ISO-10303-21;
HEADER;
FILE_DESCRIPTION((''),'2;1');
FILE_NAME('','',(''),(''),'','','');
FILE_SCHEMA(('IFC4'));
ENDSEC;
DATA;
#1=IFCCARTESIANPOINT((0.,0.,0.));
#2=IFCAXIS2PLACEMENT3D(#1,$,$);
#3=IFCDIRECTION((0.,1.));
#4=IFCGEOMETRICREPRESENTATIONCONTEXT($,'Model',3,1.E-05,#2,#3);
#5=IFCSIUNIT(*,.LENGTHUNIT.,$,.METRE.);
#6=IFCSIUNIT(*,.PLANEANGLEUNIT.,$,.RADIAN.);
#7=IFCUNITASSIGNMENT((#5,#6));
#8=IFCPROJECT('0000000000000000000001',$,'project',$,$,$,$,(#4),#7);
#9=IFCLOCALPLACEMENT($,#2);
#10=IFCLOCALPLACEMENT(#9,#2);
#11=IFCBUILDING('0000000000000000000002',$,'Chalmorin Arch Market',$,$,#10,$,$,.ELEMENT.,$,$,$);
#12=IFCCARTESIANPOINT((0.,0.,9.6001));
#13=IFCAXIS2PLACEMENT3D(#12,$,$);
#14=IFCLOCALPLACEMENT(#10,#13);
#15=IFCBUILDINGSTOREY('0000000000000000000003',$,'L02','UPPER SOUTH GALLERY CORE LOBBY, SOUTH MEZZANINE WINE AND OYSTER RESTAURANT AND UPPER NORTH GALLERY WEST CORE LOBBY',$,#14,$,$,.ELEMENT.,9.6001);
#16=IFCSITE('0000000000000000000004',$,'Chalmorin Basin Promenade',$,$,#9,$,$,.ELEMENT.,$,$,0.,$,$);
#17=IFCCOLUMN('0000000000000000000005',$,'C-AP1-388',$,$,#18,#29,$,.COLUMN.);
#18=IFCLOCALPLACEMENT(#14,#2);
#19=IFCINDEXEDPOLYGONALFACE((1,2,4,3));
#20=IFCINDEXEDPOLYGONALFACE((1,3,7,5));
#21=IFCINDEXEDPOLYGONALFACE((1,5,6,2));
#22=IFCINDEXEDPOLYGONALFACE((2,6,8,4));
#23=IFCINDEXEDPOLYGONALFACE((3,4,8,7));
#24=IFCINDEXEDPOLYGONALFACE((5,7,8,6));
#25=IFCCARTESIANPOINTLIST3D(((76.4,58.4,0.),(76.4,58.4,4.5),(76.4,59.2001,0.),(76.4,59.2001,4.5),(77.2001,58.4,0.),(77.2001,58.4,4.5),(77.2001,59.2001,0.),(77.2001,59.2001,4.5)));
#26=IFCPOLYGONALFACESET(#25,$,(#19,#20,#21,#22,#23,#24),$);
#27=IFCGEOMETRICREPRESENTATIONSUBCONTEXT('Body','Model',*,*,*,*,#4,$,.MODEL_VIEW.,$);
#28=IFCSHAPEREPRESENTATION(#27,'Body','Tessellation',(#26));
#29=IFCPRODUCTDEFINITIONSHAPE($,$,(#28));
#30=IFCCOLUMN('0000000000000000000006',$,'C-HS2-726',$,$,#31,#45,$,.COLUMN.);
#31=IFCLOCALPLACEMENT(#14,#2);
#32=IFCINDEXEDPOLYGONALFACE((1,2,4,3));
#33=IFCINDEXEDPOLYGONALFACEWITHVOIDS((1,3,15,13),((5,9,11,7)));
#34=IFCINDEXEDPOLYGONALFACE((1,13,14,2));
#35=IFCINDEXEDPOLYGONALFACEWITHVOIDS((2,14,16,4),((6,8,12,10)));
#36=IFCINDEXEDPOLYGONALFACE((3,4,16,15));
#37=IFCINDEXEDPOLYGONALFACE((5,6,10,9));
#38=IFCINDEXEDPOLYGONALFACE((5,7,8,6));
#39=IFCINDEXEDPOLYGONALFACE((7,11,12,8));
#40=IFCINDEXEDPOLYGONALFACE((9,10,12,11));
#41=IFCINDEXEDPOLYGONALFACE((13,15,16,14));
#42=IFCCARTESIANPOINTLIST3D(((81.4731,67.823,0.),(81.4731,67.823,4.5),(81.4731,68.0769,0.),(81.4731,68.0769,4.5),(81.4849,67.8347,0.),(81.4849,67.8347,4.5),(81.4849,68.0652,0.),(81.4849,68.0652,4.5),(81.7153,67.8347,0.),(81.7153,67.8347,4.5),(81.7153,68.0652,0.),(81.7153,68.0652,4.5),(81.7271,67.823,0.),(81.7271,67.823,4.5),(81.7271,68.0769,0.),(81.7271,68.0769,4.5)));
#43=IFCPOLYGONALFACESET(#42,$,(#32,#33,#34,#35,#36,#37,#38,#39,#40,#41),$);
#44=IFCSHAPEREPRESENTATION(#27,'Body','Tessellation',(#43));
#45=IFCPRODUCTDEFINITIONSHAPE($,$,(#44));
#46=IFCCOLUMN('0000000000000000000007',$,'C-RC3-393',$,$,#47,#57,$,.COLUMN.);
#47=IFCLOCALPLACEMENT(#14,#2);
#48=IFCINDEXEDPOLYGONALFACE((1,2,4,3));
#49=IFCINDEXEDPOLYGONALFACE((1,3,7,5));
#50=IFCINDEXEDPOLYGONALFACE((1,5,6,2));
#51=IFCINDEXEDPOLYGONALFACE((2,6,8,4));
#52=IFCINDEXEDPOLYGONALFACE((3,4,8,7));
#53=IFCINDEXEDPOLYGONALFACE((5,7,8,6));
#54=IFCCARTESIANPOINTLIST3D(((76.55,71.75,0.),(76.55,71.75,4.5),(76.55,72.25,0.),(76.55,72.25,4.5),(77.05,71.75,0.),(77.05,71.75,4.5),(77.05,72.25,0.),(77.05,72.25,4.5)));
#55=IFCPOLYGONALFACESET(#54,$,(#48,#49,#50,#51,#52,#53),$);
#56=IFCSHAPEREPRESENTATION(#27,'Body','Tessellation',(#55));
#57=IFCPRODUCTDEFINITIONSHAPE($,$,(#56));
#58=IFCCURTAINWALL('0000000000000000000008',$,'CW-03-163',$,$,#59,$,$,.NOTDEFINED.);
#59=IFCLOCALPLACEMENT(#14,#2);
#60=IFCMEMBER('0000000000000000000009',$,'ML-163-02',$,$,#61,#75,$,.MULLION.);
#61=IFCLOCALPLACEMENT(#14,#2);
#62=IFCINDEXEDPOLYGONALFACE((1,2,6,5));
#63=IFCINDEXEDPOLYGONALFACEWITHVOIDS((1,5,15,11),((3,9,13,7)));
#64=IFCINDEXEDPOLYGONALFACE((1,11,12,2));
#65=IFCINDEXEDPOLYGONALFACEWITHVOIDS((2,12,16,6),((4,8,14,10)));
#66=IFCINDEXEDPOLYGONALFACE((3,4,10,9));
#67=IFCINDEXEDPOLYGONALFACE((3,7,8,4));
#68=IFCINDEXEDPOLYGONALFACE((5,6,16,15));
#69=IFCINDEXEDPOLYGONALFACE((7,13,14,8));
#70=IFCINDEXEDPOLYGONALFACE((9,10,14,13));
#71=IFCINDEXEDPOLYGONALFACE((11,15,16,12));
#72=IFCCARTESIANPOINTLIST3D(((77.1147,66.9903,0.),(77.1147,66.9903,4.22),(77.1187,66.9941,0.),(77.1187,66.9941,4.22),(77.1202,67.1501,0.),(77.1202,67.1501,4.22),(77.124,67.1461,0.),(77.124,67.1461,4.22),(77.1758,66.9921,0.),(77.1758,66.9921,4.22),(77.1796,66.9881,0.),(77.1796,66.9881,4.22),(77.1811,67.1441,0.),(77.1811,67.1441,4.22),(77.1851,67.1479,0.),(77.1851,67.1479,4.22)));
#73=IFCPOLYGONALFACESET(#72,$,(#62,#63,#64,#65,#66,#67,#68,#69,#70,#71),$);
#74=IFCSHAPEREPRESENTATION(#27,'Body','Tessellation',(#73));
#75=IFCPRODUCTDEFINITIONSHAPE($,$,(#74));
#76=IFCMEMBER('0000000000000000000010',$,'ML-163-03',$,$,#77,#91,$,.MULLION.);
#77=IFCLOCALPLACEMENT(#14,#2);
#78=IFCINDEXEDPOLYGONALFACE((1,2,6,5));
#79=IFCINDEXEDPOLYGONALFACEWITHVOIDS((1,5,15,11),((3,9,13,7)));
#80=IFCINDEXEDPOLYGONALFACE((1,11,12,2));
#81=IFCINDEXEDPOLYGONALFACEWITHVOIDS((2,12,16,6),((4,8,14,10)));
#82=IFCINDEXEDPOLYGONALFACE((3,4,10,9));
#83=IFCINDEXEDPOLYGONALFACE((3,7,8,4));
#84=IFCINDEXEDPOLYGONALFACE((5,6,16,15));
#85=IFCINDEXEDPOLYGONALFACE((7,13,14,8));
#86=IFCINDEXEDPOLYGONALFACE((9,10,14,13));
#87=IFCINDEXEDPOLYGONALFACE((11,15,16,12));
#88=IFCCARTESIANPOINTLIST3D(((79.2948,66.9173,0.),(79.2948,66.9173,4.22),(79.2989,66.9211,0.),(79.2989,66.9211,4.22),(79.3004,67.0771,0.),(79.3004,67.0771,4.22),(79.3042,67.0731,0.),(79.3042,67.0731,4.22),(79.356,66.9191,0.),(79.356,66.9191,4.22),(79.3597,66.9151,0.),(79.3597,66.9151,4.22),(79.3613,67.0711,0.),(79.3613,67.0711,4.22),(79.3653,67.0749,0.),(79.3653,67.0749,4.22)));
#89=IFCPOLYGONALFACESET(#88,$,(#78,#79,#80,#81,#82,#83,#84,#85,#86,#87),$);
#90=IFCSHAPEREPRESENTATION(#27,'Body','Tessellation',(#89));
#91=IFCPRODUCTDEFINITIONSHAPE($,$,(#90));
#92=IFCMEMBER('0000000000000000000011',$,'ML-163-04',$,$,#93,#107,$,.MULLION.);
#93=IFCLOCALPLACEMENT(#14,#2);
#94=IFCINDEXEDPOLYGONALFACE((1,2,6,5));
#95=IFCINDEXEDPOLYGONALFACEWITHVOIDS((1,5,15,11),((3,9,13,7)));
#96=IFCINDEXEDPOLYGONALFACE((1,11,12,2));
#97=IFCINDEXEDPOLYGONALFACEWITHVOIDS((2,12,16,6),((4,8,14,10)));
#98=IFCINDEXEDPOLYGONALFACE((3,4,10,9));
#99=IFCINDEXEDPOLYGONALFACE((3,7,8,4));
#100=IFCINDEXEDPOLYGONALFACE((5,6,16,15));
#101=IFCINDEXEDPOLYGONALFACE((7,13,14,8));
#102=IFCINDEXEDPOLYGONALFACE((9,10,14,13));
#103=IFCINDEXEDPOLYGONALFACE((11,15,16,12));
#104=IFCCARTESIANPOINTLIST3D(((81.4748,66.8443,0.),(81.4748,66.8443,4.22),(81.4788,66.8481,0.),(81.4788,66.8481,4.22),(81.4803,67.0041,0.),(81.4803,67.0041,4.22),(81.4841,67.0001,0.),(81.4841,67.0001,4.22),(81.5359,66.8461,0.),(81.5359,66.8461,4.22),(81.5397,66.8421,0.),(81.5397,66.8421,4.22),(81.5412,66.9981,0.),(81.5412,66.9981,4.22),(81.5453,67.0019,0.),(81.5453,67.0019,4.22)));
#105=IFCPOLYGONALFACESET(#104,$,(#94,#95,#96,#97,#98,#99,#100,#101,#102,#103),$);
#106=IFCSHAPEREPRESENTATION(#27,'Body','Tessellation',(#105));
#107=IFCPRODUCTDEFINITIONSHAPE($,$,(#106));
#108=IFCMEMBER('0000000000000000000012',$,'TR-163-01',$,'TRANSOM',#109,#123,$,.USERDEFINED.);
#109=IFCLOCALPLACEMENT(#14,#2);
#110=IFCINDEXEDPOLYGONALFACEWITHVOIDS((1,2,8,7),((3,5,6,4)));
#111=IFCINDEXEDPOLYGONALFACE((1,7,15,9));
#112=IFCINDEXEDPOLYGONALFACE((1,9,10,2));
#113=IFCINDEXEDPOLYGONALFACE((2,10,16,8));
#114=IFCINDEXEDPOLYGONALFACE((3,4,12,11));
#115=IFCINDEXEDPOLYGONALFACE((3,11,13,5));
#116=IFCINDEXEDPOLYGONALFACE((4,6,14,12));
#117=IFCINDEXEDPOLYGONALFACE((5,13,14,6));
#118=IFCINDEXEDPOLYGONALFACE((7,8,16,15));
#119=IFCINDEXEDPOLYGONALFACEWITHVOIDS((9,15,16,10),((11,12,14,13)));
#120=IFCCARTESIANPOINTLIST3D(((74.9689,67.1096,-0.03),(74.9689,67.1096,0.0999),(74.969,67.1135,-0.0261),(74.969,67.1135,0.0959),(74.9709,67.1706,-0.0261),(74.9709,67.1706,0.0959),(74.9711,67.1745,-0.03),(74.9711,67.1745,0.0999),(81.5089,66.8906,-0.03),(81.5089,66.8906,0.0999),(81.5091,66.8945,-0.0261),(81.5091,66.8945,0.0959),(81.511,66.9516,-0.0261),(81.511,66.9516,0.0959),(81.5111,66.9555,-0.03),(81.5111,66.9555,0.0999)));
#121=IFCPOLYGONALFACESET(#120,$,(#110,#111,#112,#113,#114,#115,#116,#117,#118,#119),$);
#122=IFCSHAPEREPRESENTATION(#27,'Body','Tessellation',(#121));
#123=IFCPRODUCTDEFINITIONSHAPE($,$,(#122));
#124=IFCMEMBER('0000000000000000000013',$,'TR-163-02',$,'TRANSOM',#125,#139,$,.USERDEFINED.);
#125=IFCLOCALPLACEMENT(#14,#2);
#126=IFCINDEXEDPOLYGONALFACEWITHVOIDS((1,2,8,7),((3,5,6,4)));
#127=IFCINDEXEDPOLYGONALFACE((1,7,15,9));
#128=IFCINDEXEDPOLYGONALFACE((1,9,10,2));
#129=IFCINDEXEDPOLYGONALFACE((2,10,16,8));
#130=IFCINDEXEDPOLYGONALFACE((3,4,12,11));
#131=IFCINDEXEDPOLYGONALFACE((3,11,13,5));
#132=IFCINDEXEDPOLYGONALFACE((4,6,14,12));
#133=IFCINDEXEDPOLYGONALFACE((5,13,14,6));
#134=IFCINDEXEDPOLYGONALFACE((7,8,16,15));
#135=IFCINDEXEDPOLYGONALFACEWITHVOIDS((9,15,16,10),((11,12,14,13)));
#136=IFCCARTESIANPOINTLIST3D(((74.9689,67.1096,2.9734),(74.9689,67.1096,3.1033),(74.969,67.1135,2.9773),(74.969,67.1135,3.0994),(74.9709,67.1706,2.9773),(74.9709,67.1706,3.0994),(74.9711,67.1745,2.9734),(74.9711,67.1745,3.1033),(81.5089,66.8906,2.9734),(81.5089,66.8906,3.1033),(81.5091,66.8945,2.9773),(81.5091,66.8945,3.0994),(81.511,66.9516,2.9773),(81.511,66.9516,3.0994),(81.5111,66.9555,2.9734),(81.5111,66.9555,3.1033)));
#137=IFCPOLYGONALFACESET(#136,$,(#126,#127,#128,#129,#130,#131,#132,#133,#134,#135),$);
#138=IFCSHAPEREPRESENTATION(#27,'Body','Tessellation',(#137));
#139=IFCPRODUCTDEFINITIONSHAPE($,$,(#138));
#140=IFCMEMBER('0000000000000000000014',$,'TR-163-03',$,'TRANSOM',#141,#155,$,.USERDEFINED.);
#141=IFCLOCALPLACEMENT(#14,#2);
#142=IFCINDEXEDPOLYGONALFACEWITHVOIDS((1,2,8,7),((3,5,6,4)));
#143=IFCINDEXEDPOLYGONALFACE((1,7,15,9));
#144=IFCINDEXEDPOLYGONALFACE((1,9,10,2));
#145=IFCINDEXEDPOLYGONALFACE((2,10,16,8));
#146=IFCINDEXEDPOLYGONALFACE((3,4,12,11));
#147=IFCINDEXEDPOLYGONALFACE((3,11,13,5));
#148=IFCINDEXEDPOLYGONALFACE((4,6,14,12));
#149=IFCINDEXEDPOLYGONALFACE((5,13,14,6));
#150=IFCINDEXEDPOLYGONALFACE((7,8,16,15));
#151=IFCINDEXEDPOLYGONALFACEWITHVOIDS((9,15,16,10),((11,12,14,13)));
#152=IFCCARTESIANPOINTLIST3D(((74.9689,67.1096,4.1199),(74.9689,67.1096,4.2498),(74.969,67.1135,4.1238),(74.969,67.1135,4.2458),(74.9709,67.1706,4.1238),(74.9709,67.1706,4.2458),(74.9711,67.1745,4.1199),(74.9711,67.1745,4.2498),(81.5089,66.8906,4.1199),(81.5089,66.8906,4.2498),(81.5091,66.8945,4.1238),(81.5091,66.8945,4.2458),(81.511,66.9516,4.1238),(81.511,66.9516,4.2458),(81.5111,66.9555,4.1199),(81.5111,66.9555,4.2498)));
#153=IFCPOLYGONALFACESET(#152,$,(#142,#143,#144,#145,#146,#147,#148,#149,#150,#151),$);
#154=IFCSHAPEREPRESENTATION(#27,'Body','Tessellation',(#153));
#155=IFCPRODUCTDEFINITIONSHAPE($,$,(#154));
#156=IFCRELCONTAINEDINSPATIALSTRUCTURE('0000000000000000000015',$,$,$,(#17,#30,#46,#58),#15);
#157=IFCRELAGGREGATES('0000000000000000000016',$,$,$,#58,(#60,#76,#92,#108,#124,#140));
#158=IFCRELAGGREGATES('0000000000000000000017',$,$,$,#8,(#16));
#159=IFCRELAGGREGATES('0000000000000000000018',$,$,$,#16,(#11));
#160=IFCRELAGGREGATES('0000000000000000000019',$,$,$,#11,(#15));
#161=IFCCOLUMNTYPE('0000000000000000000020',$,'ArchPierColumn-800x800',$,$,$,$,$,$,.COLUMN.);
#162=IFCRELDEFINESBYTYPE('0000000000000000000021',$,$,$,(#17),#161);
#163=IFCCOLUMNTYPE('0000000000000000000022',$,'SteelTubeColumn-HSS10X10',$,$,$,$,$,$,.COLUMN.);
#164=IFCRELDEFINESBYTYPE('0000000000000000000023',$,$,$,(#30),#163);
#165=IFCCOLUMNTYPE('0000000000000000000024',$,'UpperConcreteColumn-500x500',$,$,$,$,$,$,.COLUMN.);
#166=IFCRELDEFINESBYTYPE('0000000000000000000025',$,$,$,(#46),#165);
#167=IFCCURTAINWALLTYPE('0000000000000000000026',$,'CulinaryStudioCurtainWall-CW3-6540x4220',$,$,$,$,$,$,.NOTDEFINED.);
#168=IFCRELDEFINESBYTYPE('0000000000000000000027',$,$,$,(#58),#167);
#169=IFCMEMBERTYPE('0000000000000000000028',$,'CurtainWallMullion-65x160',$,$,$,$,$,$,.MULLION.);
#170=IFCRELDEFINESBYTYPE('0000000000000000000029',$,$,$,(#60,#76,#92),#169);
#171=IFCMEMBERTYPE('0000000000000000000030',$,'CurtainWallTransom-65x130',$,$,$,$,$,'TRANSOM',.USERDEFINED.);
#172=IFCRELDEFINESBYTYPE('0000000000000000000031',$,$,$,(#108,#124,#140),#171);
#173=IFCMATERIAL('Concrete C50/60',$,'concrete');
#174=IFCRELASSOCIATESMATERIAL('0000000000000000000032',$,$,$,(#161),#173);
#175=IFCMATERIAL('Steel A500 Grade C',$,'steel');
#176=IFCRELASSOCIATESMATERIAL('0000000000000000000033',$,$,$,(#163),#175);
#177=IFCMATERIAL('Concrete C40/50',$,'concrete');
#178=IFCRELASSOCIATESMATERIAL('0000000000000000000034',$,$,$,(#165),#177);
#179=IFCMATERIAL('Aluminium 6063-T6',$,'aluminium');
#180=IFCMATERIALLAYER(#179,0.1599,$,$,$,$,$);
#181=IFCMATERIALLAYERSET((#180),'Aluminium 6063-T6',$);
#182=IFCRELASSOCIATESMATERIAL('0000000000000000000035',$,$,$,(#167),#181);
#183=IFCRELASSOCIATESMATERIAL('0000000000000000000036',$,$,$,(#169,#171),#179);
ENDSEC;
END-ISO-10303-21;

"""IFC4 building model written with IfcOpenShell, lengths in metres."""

from ifc_helpers import new_model, si_unit, direction, frame, origin, origin_2d, place, context, subcontext, project, spatial, rectangle, hollow_rectangle, extrude, material, layer, layer_set, material_profile, profile_set, type_object, element, aggregate, save


model = new_model("IFC4")

# Units and contexts
model_context = context("Model", 3, precision=1e-05, world=origin(), true_north=direction((0.0, 1.0)))
body_context = subcontext(model_context, "Body", "Model", "MODEL_VIEW")
ifc_project = project(units=[si_unit("LENGTHUNIT", "METRE"), si_unit("PLANEANGLEUNIT", "RADIAN")], contexts=[model_context])

# Site, building, storey
site_placement = place(None, origin())
site = spatial("IfcSite", under=ifc_project, at=site_placement, Name="Chalmorin Basin Promenade", CompositionType="ELEMENT", RefElevation=0.0)
building_placement = place(site_placement, origin())
building = spatial("IfcBuilding", under=site, at=building_placement, Name="Chalmorin Arch Market", CompositionType="ELEMENT")
storey_placement = place(building_placement, frame((0.0, 0.0, 9.6001)))
storey = spatial("IfcBuildingStorey", under=building, at=storey_placement, Name="L02", Description="UPPER SOUTH GALLERY CORE LOBBY, SOUTH MEZZANINE WINE AND OYSTER RESTAURANT AND UPPER NORTH GALLERY WEST CORE LOBBY", CompositionType="ELEMENT", Elevation=9.6001)

# Columns
ifc_material_1 = material(Name="Concrete C50/60", Category="concrete")
ifc_material_profile_1 = material_profile(ifc_material_1, rectangle(XDim=0.8, YDim=0.8, at=origin_2d()), Name="RC800X800")
ifc_profile_set_1 = profile_set([ifc_material_profile_1], Name="Concrete C50/60")
column_type_1 = type_object("IfcColumnType", Name="ArchPierColumn-800x800", PredefinedType="COLUMN", material=ifc_profile_set_1)
column_1_placement = place(storey_placement, frame((76.8, 58.8, 0.0), z_axis=(0.0, 0.0, 1.0), x_axis=(1.0, 0.0, 0.0)))
element("IfcColumn", 1, at=column_1_placement, inside=storey, type_object=column_type_1, Name="C-AP1-388", PredefinedType="COLUMN", context=body_context, shape_type="SweptSolid", body=[
    extrude(rectangle(XDim=0.8, YDim=0.8, at=origin_2d()), origin(), (0.0, 0.0, 1.0), 4.5),
])
ifc_material_2 = material(Name="Steel A500 Grade C", Category="steel")
ifc_material_profile_2 = material_profile(ifc_material_2, hollow_rectangle(XDim=0.2539, YDim=0.2539, WallThickness=0.0117, at=origin_2d()), Name="HSS10X10X1/2")
ifc_profile_set_2 = profile_set([ifc_material_profile_2], Name="Steel A500 Grade C")
column_type_2 = type_object("IfcColumnType", Name="SteelTubeColumn-HSS10X10", PredefinedType="COLUMN", material=ifc_profile_set_2)
column_2_placement = place(storey_placement, frame((81.6001, 67.95, 0.0), z_axis=(0.0, 0.0, 1.0), x_axis=(1.0, 0.0, 0.0)))
element("IfcColumn", 2, at=column_2_placement, inside=storey, type_object=column_type_2, Name="C-HS2-726", PredefinedType="COLUMN", context=body_context, shape_type="SweptSolid", body=[
    extrude(hollow_rectangle(XDim=0.2539, YDim=0.2539, WallThickness=0.0117, at=origin_2d()), origin(), (0.0, 0.0, 1.0), 4.5),
])
ifc_material_3 = material(Name="Concrete C40/50", Category="concrete")
ifc_material_profile_3 = material_profile(ifc_material_3, rectangle(XDim=0.5, YDim=0.5, at=origin_2d()), Name="RC500X500")
ifc_profile_set_3 = profile_set([ifc_material_profile_3], Name="Concrete C40/50")
column_type_3 = type_object("IfcColumnType", Name="UpperConcreteColumn-500x500", PredefinedType="COLUMN", material=ifc_profile_set_3)
column_3_placement = place(storey_placement, frame((76.8, 72.0, 0.0), z_axis=(0.0, 0.0, 1.0), x_axis=(1.0, 0.0, 0.0)))
element("IfcColumn", 3, at=column_3_placement, inside=storey, type_object=column_type_3, Name="C-RC3-393", PredefinedType="COLUMN", context=body_context, shape_type="SweptSolid", body=[
    extrude(rectangle(XDim=0.5, YDim=0.5, at=origin_2d()), origin(), (0.0, 0.0, 1.0), 4.5),
])

# Curtain wall, members
ifc_material_4 = material(Name="Aluminium 6063-T6", Category="aluminium")
ifc_layer_1 = layer(ifc_material_4, 0.1599)
ifc_layer_set_1 = layer_set([ifc_layer_1], Name="Aluminium 6063-T6")
curtain_wall_type = type_object("IfcCurtainWallType", Name="CulinaryStudioCurtainWall-CW3-6540x4220", PredefinedType="NOTDEFINED", material=ifc_layer_set_1)
curtain_wall_placement = place(storey_placement, origin())
curtain_wall = element("IfcCurtainWall", 4, at=curtain_wall_placement, inside=storey, type_object=curtain_wall_type, Name="CW-03-163", PredefinedType="NOTDEFINED")
ifc_material_profile_4 = material_profile(ifc_material_4, hollow_rectangle(XDim=0.0649, YDim=0.1599, WallThickness=0.0039, at=origin_2d()), Name="ALU65X160X4")
ifc_profile_set_4 = profile_set([ifc_material_profile_4], Name="Aluminium 6063-T6")
member_type_1 = type_object("IfcMemberType", Name="CurtainWallMullion-65x160", PredefinedType="MULLION", material=ifc_profile_set_4)
member_1_placement = place(storey_placement, frame((77.1499, 67.0691, 0.0), z_axis=(0.0, 0.0, 1.0), x_axis=(0.999391, -0.034899, 0.0)))
member_1 = element("IfcMember", 5, at=member_1_placement, type_object=member_type_1, Name="ML-163-02", PredefinedType="MULLION", context=body_context, shape_type="SweptSolid", body=[
    extrude(hollow_rectangle(XDim=0.0649, YDim=0.1599, WallThickness=0.0039, at=origin_2d()), origin(), (0.0, 0.0, 1.0), 4.22),
])
member_2_placement = place(storey_placement, frame((79.3301, 66.9961, 0.0), z_axis=(0.0, 0.0, 1.0), x_axis=(0.999391, -0.034899, 0.0)))
member_2 = element("IfcMember", 6, at=member_2_placement, type_object=member_type_1, Name="ML-163-03", PredefinedType="MULLION", context=body_context, shape_type="SweptSolid", body=[
    extrude(hollow_rectangle(XDim=0.0649, YDim=0.1599, WallThickness=0.0039, at=origin_2d()), origin(), (0.0, 0.0, 1.0), 4.22),
])
member_3_placement = place(storey_placement, frame((81.51, 66.9231, 0.0), z_axis=(0.0, 0.0, 1.0), x_axis=(0.999391, -0.034899, 0.0)))
member_3 = element("IfcMember", 7, at=member_3_placement, type_object=member_type_1, Name="ML-163-04", PredefinedType="MULLION", context=body_context, shape_type="SweptSolid", body=[
    extrude(hollow_rectangle(XDim=0.0649, YDim=0.1599, WallThickness=0.0039, at=origin_2d()), origin(), (0.0, 0.0, 1.0), 4.22),
])
ifc_material_profile_5 = material_profile(ifc_material_4, hollow_rectangle(XDim=0.0649, YDim=0.1299, WallThickness=0.0039, at=origin_2d()), Name="ALU65X130X4")
ifc_profile_set_5 = profile_set([ifc_material_profile_5], Name="Aluminium 6063-T6")
member_type_2 = type_object("IfcMemberType", Name="CurtainWallTransom-65x130", ElementType="TRANSOM", PredefinedType="USERDEFINED", material=ifc_profile_set_5)
member_4_placement = place(storey_placement, frame((74.97, 67.1421, 0.0349), z_axis=(0.99944, -0.033466, 0.0), x_axis=(0.033466, 0.99944, 0.0)))
member_4 = element("IfcMember", 8, at=member_4_placement, type_object=member_type_2, Name="TR-163-01", ObjectType="TRANSOM", PredefinedType="USERDEFINED", context=body_context, shape_type="SweptSolid", body=[
    extrude(hollow_rectangle(XDim=0.0649, YDim=0.1299, WallThickness=0.0039, at=origin_2d()), origin(), (0.0, 0.0, 1.0), 6.5437),
])
member_5_placement = place(storey_placement, frame((74.97, 67.1421, 3.0383), z_axis=(0.99944, -0.033466, 0.0), x_axis=(0.033466, 0.99944, 0.0)))
member_5 = element("IfcMember", 9, at=member_5_placement, type_object=member_type_2, Name="TR-163-02", ObjectType="TRANSOM", PredefinedType="USERDEFINED", context=body_context, shape_type="SweptSolid", body=[
    extrude(hollow_rectangle(XDim=0.0649, YDim=0.1299, WallThickness=0.0039, at=origin_2d()), origin(), (0.0, 0.0, 1.0), 6.5437),
])
member_6_placement = place(storey_placement, frame((74.97, 67.1421, 4.1848), z_axis=(0.99944, -0.033466, 0.0), x_axis=(0.033466, 0.99944, 0.0)))
member_6 = element("IfcMember", 10, at=member_6_placement, type_object=member_type_2, Name="TR-163-03", ObjectType="TRANSOM", PredefinedType="USERDEFINED", context=body_context, shape_type="SweptSolid", body=[
    extrude(hollow_rectangle(XDim=0.0649, YDim=0.1299, WallThickness=0.0039, at=origin_2d()), origin(), (0.0, 0.0, 1.0), 6.5437),
])

aggregate(curtain_wall, [member_1, member_2, member_3, member_4, member_5, member_6])

save(model, "model.ifc")
